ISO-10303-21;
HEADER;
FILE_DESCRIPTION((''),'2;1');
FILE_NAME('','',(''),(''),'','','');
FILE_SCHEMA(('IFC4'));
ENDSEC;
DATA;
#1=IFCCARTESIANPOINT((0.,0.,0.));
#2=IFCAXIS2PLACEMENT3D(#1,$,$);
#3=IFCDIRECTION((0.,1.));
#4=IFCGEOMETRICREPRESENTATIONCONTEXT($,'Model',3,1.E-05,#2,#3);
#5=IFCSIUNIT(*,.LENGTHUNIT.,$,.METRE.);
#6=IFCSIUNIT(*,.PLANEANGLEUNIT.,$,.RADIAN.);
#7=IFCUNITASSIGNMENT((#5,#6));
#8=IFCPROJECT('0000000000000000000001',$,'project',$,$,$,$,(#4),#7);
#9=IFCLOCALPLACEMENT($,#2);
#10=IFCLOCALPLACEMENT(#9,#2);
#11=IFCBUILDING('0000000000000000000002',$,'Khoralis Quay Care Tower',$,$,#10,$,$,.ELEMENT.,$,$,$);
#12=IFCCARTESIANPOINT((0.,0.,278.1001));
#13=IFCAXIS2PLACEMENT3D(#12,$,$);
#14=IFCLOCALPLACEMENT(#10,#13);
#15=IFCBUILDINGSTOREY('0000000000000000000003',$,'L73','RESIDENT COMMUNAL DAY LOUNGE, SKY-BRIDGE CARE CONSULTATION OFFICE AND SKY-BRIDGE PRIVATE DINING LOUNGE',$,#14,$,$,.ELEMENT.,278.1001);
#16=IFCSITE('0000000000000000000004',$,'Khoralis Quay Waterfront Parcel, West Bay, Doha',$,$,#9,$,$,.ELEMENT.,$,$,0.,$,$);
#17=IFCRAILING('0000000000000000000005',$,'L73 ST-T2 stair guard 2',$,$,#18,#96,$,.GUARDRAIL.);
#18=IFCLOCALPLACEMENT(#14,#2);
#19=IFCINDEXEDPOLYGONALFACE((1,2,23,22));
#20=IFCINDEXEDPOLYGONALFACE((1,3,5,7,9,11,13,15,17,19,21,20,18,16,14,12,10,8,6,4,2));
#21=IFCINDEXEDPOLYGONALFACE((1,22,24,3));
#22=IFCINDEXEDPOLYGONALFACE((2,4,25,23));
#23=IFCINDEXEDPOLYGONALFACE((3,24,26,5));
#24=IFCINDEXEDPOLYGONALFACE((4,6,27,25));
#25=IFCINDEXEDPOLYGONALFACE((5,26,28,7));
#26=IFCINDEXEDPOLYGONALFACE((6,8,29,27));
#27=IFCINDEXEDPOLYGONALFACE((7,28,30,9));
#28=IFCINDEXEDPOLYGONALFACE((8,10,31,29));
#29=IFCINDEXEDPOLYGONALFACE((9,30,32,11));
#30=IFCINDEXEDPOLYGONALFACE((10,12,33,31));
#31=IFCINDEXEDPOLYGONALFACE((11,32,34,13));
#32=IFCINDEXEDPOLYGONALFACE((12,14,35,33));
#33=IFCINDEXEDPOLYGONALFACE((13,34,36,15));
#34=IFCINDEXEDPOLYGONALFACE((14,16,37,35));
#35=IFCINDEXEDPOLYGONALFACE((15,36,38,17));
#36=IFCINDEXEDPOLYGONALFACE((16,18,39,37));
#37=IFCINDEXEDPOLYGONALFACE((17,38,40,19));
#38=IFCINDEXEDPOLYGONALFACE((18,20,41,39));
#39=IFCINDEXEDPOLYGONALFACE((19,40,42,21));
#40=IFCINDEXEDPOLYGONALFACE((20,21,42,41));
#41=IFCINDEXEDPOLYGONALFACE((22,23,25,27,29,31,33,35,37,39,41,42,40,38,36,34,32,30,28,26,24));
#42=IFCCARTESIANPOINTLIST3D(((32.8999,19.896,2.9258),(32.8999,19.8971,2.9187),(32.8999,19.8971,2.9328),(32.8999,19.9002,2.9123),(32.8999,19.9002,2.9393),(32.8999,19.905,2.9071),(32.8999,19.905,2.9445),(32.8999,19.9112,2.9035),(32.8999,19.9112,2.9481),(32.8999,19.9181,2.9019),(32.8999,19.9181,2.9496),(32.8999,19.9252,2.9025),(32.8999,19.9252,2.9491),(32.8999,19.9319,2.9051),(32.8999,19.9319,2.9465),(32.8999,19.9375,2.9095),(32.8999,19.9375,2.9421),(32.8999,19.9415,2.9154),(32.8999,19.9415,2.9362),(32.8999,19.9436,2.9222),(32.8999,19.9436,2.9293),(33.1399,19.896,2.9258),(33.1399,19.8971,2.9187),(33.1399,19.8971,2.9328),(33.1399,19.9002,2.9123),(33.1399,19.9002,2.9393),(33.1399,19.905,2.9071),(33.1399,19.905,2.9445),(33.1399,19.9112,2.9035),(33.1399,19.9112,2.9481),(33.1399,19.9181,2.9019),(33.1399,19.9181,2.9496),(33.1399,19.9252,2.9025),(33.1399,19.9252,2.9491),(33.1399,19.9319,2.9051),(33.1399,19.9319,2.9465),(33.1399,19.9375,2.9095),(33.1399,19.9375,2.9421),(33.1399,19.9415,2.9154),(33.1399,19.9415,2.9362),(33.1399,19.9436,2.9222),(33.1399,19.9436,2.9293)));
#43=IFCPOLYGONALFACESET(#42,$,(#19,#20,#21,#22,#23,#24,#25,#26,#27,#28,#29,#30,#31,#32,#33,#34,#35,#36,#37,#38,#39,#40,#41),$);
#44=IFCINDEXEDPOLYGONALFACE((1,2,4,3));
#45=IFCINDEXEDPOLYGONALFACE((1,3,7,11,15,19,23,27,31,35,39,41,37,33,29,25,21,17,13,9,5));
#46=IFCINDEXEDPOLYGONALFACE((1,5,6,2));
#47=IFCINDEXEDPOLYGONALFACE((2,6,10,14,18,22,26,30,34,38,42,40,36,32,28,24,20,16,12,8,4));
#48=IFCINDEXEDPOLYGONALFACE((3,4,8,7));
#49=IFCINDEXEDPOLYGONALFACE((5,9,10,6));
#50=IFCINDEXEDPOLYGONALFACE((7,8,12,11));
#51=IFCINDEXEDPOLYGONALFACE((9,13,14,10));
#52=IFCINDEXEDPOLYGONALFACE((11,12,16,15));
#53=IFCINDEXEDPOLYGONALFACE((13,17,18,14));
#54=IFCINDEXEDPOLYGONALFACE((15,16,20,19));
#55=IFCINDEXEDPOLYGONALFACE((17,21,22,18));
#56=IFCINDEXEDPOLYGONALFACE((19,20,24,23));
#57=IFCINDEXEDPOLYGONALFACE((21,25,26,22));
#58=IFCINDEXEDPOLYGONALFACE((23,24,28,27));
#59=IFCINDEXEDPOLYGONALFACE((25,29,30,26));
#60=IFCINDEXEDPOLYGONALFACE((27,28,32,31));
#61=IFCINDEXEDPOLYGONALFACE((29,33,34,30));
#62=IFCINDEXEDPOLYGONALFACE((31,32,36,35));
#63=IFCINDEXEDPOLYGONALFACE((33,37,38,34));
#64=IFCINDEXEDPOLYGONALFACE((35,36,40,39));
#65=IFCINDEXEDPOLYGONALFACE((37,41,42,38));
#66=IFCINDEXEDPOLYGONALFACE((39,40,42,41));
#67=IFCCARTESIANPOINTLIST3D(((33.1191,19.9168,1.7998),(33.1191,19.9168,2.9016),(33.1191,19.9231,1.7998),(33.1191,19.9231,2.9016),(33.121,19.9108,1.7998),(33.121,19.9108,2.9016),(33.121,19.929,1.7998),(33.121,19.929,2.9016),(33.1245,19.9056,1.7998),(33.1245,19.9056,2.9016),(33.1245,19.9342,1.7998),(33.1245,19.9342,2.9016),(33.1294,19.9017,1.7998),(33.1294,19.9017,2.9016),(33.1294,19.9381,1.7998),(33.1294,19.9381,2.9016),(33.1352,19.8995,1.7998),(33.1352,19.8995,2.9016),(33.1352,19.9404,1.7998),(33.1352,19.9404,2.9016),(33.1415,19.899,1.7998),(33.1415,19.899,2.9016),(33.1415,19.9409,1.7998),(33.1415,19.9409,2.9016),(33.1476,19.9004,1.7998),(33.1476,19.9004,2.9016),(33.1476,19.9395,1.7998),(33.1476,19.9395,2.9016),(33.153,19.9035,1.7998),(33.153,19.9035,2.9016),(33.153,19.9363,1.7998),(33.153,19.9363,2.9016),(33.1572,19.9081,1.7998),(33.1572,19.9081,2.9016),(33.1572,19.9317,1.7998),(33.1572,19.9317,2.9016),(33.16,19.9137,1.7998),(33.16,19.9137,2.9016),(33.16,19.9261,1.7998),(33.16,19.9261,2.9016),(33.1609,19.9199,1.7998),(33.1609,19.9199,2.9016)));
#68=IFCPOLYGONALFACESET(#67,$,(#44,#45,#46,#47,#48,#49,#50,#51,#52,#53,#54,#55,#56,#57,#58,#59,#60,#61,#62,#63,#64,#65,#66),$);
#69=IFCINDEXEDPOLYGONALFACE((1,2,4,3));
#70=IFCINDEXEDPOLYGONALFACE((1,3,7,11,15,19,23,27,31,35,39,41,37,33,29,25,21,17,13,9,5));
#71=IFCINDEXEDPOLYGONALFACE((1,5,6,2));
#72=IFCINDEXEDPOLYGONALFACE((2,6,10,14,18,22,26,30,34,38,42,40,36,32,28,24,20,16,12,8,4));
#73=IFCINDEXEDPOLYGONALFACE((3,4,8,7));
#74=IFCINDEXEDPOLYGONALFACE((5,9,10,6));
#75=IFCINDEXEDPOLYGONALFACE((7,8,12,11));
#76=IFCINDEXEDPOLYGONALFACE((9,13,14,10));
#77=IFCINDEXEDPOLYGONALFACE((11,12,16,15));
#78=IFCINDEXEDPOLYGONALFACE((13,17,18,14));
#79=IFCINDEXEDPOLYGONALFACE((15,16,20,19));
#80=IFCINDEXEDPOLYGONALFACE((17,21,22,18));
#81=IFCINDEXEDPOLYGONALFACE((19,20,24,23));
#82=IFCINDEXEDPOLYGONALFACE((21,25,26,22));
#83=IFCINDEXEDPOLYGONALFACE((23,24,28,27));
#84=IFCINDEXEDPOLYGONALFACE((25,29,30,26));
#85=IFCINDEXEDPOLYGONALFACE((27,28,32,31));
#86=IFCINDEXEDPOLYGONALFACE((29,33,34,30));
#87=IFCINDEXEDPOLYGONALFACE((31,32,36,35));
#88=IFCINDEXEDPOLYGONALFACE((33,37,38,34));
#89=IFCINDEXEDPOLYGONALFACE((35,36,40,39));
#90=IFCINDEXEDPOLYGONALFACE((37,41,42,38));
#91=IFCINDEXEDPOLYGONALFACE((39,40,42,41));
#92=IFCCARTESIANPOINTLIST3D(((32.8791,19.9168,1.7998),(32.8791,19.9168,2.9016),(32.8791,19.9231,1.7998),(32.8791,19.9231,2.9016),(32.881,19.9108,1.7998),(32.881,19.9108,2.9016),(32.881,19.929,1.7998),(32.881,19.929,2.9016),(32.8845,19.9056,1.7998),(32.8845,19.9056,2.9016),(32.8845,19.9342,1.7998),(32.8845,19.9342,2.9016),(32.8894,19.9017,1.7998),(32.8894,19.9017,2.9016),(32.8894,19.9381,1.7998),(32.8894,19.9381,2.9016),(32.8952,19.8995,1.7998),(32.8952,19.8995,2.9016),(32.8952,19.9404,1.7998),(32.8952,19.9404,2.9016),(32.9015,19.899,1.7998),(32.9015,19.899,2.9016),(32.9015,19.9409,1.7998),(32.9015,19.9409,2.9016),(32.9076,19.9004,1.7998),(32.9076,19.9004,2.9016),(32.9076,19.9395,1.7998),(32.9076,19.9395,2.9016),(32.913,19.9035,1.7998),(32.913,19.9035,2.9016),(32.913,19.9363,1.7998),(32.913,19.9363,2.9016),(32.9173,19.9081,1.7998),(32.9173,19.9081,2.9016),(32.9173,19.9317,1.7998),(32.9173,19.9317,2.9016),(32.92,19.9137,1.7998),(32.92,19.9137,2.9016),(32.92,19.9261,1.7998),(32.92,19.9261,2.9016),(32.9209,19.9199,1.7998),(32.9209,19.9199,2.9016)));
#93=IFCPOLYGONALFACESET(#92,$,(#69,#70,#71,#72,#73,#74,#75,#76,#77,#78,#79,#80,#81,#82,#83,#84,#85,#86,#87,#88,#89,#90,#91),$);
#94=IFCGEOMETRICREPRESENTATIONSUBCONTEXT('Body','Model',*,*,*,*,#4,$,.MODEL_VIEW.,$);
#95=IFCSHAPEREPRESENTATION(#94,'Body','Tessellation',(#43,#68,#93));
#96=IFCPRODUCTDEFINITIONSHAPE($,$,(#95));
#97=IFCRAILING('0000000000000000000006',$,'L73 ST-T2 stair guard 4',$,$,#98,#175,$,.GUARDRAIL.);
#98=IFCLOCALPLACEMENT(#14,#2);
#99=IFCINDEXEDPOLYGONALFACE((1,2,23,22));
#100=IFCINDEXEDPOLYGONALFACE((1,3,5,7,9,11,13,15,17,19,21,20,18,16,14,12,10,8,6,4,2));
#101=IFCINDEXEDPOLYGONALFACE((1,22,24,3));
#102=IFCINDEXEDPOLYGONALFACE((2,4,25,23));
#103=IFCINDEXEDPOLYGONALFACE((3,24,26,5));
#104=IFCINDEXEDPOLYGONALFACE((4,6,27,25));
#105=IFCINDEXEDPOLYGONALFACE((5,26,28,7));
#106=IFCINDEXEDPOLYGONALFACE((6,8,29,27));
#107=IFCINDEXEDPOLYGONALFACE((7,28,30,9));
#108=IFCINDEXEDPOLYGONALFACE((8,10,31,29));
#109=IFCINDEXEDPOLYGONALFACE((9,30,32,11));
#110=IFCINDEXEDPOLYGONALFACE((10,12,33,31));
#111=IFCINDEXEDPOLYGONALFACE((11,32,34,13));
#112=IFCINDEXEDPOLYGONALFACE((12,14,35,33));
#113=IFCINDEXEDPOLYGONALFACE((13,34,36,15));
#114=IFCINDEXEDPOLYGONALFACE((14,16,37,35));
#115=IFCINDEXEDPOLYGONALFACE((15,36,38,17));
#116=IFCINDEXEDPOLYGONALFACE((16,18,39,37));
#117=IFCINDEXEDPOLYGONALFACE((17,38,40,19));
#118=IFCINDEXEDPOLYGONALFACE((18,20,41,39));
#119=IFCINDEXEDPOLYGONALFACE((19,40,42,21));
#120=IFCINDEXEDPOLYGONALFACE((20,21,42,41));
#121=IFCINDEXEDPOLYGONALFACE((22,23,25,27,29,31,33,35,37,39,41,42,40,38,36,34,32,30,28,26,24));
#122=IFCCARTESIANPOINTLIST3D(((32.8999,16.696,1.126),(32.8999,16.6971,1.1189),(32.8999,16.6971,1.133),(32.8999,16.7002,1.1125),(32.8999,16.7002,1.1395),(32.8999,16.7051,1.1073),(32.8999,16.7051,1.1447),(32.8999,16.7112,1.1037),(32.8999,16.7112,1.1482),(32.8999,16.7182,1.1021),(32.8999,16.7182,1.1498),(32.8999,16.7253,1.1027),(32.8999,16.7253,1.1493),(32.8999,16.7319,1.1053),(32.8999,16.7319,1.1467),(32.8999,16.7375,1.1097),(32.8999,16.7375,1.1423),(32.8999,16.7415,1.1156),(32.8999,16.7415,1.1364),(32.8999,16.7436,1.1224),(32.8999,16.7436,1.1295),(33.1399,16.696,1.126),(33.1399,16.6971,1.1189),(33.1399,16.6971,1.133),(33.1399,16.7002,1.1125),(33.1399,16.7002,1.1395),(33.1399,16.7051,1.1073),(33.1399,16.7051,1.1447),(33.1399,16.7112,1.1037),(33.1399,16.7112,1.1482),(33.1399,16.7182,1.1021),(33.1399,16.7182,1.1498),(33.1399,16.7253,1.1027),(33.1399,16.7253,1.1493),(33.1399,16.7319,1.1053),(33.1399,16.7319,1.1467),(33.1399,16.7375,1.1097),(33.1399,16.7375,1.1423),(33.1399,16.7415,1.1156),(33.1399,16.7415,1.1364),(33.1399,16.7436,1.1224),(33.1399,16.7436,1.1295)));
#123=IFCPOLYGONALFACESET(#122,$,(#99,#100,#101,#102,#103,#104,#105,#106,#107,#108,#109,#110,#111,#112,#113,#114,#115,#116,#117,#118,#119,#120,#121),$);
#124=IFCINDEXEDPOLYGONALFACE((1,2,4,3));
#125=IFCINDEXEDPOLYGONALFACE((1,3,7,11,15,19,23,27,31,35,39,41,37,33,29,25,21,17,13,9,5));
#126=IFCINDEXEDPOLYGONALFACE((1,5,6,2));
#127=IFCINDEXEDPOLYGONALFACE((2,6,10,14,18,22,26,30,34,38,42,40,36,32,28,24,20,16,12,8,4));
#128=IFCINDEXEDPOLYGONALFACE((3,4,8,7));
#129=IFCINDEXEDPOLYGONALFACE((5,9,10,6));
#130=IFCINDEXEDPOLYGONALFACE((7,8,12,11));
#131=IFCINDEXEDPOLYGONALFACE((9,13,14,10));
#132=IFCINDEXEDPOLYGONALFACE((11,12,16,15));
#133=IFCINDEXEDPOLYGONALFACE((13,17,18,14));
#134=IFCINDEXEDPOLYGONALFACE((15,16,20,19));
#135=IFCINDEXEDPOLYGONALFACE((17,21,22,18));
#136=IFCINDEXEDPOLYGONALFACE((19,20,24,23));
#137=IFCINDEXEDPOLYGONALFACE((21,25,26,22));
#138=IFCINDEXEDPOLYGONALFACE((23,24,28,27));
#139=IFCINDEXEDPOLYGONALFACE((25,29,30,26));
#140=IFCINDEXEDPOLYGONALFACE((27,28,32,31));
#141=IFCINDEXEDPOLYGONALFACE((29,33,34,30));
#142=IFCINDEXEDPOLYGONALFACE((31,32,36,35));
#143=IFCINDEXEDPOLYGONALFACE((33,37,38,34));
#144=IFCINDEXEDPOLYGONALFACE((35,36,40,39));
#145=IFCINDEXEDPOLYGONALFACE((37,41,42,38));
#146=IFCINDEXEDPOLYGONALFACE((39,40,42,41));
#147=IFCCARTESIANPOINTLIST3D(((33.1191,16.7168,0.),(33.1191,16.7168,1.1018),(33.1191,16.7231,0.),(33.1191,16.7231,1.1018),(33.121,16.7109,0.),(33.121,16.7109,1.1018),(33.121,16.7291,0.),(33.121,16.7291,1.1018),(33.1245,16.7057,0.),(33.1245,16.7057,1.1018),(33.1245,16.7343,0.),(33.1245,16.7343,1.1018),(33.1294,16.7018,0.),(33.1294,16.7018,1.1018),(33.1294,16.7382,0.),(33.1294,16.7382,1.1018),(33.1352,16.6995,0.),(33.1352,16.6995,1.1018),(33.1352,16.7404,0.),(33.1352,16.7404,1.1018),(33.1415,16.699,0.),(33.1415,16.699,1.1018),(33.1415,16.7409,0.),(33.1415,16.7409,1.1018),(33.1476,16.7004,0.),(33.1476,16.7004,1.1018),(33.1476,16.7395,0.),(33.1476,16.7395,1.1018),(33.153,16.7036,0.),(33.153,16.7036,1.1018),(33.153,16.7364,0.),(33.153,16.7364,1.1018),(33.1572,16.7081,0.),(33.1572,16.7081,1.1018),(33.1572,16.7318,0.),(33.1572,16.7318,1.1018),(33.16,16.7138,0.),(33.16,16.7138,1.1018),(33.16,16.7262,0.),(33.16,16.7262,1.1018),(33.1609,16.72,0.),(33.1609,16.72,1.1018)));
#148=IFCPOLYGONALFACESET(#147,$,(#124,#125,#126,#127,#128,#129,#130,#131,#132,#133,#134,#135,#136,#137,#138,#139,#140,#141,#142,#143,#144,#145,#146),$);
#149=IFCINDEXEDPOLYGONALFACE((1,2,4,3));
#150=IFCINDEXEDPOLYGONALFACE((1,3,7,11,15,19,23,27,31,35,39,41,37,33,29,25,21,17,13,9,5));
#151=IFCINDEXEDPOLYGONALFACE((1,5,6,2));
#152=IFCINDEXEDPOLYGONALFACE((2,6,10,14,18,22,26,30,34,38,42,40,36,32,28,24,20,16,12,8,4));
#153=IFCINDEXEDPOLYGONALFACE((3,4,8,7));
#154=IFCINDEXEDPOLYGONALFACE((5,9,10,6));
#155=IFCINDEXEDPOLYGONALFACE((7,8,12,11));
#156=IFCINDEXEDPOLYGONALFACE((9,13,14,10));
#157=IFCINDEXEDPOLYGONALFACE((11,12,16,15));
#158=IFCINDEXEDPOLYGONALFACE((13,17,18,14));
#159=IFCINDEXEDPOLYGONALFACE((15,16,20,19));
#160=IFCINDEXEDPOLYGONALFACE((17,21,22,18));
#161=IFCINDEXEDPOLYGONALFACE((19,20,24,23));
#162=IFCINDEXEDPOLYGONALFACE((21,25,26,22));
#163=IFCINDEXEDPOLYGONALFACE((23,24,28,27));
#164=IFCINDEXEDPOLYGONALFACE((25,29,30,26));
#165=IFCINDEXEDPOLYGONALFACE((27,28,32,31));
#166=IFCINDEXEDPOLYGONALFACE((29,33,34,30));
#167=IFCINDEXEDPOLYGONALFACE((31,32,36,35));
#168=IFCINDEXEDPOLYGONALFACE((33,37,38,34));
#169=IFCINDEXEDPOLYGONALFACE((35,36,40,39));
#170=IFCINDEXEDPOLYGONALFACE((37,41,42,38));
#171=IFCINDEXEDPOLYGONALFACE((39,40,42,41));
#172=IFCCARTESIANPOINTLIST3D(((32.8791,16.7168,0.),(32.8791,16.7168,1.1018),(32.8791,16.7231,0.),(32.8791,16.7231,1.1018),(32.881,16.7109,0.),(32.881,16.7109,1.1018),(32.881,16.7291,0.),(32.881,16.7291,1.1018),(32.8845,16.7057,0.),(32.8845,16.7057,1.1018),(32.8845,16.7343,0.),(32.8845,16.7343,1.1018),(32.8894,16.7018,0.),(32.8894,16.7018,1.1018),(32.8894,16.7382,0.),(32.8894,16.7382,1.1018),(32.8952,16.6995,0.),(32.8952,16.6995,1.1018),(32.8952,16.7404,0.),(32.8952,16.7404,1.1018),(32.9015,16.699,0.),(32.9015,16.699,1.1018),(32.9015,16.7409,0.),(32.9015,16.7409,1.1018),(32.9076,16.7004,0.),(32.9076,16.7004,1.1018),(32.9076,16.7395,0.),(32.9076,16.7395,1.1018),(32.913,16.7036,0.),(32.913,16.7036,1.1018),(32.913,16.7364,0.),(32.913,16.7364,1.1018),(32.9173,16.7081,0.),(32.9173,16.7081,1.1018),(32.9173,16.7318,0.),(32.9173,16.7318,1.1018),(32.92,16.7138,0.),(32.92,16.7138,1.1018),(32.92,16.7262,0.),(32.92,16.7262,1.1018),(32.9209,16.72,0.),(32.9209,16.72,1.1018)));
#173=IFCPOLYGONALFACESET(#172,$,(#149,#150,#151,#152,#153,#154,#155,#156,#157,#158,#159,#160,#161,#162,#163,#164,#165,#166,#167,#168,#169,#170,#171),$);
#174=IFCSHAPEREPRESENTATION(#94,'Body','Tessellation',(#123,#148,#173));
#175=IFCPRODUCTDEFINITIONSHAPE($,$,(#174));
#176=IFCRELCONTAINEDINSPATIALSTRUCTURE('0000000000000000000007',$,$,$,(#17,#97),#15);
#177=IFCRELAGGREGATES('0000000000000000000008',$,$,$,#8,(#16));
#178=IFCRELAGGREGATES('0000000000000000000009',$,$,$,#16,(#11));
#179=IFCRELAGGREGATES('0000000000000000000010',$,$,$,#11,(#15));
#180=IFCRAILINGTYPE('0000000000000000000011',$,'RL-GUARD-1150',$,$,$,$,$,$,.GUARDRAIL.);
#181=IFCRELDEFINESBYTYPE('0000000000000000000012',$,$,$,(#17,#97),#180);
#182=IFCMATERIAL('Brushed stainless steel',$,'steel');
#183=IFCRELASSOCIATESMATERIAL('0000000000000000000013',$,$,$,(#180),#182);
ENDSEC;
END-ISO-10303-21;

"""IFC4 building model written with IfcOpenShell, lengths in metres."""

from ifc_helpers import new_model, si_unit, direction, frame, origin, origin_2d, place, context, subcontext, project, spatial, circle, extrude, material, type_object, element, save


model = new_model("IFC4")

# Units and contexts
model_context = context("Model", 3, precision=1e-05, world=origin(), true_north=direction((0.0, 1.0)))
body_context = subcontext(model_context, "Body", "Model", "MODEL_VIEW")
ifc_project = project(units=[si_unit("LENGTHUNIT", "METRE"), si_unit("PLANEANGLEUNIT", "RADIAN")], contexts=[model_context])

# Site, building, storey
site_placement = place(None, origin())
site = spatial("IfcSite", under=ifc_project, at=site_placement, Name="Khoralis Quay Waterfront Parcel, West Bay, Doha", CompositionType="ELEMENT", RefElevation=0.0)
building_placement = place(site_placement, origin())
building = spatial("IfcBuilding", under=site, at=building_placement, Name="Khoralis Quay Care Tower", CompositionType="ELEMENT")
storey_placement = place(building_placement, frame((0.0, 0.0, 278.1001)))
storey = spatial("IfcBuildingStorey", under=building, at=storey_placement, Name="L73", Description="RESIDENT COMMUNAL DAY LOUNGE, SKY-BRIDGE CARE CONSULTATION OFFICE AND SKY-BRIDGE PRIVATE DINING LOUNGE", CompositionType="ELEMENT", Elevation=278.1001)

# Railings
ifc_material_1 = material(Name="Brushed stainless steel", Category="steel")
railing_type_1 = type_object("IfcRailingType", Name="RL-GUARD-1150", PredefinedType="GUARDRAIL", material=ifc_material_1)
for number, where, name in (
    (1, (33.1399, 19.9199, 1.7998), "L73 ST-T2 stair guard 2"),
    (2, (33.1399, 16.72, 0.0), "L73 ST-T2 stair guard 4"),
):
    element("IfcRailing", number, at=place(storey_placement, frame(where)), inside=storey, type_object=railing_type_1, Name=name, PredefinedType="GUARDRAIL", context=body_context, shape_type="SweptSolid", body=[
        extrude(circle(Radius=0.0239, at=origin_2d()), frame((0.0, 0.0, 1.126), z_axis=(-1.0, 0.0, 0.0), x_axis=(0.0, -1.0, 0.0)), (0.0, 0.0, 1.0), 0.24),
        extrude(circle(Radius=0.021, at=origin_2d()), origin(), (0.0, 0.0, 1.0), 1.1018),
        extrude(circle(Radius=0.021, at=origin_2d()), frame((-0.24, 0.0, 0.0)), (0.0, 0.0, 1.0), 1.1018),
    ])

save(model, "model.ifc")
